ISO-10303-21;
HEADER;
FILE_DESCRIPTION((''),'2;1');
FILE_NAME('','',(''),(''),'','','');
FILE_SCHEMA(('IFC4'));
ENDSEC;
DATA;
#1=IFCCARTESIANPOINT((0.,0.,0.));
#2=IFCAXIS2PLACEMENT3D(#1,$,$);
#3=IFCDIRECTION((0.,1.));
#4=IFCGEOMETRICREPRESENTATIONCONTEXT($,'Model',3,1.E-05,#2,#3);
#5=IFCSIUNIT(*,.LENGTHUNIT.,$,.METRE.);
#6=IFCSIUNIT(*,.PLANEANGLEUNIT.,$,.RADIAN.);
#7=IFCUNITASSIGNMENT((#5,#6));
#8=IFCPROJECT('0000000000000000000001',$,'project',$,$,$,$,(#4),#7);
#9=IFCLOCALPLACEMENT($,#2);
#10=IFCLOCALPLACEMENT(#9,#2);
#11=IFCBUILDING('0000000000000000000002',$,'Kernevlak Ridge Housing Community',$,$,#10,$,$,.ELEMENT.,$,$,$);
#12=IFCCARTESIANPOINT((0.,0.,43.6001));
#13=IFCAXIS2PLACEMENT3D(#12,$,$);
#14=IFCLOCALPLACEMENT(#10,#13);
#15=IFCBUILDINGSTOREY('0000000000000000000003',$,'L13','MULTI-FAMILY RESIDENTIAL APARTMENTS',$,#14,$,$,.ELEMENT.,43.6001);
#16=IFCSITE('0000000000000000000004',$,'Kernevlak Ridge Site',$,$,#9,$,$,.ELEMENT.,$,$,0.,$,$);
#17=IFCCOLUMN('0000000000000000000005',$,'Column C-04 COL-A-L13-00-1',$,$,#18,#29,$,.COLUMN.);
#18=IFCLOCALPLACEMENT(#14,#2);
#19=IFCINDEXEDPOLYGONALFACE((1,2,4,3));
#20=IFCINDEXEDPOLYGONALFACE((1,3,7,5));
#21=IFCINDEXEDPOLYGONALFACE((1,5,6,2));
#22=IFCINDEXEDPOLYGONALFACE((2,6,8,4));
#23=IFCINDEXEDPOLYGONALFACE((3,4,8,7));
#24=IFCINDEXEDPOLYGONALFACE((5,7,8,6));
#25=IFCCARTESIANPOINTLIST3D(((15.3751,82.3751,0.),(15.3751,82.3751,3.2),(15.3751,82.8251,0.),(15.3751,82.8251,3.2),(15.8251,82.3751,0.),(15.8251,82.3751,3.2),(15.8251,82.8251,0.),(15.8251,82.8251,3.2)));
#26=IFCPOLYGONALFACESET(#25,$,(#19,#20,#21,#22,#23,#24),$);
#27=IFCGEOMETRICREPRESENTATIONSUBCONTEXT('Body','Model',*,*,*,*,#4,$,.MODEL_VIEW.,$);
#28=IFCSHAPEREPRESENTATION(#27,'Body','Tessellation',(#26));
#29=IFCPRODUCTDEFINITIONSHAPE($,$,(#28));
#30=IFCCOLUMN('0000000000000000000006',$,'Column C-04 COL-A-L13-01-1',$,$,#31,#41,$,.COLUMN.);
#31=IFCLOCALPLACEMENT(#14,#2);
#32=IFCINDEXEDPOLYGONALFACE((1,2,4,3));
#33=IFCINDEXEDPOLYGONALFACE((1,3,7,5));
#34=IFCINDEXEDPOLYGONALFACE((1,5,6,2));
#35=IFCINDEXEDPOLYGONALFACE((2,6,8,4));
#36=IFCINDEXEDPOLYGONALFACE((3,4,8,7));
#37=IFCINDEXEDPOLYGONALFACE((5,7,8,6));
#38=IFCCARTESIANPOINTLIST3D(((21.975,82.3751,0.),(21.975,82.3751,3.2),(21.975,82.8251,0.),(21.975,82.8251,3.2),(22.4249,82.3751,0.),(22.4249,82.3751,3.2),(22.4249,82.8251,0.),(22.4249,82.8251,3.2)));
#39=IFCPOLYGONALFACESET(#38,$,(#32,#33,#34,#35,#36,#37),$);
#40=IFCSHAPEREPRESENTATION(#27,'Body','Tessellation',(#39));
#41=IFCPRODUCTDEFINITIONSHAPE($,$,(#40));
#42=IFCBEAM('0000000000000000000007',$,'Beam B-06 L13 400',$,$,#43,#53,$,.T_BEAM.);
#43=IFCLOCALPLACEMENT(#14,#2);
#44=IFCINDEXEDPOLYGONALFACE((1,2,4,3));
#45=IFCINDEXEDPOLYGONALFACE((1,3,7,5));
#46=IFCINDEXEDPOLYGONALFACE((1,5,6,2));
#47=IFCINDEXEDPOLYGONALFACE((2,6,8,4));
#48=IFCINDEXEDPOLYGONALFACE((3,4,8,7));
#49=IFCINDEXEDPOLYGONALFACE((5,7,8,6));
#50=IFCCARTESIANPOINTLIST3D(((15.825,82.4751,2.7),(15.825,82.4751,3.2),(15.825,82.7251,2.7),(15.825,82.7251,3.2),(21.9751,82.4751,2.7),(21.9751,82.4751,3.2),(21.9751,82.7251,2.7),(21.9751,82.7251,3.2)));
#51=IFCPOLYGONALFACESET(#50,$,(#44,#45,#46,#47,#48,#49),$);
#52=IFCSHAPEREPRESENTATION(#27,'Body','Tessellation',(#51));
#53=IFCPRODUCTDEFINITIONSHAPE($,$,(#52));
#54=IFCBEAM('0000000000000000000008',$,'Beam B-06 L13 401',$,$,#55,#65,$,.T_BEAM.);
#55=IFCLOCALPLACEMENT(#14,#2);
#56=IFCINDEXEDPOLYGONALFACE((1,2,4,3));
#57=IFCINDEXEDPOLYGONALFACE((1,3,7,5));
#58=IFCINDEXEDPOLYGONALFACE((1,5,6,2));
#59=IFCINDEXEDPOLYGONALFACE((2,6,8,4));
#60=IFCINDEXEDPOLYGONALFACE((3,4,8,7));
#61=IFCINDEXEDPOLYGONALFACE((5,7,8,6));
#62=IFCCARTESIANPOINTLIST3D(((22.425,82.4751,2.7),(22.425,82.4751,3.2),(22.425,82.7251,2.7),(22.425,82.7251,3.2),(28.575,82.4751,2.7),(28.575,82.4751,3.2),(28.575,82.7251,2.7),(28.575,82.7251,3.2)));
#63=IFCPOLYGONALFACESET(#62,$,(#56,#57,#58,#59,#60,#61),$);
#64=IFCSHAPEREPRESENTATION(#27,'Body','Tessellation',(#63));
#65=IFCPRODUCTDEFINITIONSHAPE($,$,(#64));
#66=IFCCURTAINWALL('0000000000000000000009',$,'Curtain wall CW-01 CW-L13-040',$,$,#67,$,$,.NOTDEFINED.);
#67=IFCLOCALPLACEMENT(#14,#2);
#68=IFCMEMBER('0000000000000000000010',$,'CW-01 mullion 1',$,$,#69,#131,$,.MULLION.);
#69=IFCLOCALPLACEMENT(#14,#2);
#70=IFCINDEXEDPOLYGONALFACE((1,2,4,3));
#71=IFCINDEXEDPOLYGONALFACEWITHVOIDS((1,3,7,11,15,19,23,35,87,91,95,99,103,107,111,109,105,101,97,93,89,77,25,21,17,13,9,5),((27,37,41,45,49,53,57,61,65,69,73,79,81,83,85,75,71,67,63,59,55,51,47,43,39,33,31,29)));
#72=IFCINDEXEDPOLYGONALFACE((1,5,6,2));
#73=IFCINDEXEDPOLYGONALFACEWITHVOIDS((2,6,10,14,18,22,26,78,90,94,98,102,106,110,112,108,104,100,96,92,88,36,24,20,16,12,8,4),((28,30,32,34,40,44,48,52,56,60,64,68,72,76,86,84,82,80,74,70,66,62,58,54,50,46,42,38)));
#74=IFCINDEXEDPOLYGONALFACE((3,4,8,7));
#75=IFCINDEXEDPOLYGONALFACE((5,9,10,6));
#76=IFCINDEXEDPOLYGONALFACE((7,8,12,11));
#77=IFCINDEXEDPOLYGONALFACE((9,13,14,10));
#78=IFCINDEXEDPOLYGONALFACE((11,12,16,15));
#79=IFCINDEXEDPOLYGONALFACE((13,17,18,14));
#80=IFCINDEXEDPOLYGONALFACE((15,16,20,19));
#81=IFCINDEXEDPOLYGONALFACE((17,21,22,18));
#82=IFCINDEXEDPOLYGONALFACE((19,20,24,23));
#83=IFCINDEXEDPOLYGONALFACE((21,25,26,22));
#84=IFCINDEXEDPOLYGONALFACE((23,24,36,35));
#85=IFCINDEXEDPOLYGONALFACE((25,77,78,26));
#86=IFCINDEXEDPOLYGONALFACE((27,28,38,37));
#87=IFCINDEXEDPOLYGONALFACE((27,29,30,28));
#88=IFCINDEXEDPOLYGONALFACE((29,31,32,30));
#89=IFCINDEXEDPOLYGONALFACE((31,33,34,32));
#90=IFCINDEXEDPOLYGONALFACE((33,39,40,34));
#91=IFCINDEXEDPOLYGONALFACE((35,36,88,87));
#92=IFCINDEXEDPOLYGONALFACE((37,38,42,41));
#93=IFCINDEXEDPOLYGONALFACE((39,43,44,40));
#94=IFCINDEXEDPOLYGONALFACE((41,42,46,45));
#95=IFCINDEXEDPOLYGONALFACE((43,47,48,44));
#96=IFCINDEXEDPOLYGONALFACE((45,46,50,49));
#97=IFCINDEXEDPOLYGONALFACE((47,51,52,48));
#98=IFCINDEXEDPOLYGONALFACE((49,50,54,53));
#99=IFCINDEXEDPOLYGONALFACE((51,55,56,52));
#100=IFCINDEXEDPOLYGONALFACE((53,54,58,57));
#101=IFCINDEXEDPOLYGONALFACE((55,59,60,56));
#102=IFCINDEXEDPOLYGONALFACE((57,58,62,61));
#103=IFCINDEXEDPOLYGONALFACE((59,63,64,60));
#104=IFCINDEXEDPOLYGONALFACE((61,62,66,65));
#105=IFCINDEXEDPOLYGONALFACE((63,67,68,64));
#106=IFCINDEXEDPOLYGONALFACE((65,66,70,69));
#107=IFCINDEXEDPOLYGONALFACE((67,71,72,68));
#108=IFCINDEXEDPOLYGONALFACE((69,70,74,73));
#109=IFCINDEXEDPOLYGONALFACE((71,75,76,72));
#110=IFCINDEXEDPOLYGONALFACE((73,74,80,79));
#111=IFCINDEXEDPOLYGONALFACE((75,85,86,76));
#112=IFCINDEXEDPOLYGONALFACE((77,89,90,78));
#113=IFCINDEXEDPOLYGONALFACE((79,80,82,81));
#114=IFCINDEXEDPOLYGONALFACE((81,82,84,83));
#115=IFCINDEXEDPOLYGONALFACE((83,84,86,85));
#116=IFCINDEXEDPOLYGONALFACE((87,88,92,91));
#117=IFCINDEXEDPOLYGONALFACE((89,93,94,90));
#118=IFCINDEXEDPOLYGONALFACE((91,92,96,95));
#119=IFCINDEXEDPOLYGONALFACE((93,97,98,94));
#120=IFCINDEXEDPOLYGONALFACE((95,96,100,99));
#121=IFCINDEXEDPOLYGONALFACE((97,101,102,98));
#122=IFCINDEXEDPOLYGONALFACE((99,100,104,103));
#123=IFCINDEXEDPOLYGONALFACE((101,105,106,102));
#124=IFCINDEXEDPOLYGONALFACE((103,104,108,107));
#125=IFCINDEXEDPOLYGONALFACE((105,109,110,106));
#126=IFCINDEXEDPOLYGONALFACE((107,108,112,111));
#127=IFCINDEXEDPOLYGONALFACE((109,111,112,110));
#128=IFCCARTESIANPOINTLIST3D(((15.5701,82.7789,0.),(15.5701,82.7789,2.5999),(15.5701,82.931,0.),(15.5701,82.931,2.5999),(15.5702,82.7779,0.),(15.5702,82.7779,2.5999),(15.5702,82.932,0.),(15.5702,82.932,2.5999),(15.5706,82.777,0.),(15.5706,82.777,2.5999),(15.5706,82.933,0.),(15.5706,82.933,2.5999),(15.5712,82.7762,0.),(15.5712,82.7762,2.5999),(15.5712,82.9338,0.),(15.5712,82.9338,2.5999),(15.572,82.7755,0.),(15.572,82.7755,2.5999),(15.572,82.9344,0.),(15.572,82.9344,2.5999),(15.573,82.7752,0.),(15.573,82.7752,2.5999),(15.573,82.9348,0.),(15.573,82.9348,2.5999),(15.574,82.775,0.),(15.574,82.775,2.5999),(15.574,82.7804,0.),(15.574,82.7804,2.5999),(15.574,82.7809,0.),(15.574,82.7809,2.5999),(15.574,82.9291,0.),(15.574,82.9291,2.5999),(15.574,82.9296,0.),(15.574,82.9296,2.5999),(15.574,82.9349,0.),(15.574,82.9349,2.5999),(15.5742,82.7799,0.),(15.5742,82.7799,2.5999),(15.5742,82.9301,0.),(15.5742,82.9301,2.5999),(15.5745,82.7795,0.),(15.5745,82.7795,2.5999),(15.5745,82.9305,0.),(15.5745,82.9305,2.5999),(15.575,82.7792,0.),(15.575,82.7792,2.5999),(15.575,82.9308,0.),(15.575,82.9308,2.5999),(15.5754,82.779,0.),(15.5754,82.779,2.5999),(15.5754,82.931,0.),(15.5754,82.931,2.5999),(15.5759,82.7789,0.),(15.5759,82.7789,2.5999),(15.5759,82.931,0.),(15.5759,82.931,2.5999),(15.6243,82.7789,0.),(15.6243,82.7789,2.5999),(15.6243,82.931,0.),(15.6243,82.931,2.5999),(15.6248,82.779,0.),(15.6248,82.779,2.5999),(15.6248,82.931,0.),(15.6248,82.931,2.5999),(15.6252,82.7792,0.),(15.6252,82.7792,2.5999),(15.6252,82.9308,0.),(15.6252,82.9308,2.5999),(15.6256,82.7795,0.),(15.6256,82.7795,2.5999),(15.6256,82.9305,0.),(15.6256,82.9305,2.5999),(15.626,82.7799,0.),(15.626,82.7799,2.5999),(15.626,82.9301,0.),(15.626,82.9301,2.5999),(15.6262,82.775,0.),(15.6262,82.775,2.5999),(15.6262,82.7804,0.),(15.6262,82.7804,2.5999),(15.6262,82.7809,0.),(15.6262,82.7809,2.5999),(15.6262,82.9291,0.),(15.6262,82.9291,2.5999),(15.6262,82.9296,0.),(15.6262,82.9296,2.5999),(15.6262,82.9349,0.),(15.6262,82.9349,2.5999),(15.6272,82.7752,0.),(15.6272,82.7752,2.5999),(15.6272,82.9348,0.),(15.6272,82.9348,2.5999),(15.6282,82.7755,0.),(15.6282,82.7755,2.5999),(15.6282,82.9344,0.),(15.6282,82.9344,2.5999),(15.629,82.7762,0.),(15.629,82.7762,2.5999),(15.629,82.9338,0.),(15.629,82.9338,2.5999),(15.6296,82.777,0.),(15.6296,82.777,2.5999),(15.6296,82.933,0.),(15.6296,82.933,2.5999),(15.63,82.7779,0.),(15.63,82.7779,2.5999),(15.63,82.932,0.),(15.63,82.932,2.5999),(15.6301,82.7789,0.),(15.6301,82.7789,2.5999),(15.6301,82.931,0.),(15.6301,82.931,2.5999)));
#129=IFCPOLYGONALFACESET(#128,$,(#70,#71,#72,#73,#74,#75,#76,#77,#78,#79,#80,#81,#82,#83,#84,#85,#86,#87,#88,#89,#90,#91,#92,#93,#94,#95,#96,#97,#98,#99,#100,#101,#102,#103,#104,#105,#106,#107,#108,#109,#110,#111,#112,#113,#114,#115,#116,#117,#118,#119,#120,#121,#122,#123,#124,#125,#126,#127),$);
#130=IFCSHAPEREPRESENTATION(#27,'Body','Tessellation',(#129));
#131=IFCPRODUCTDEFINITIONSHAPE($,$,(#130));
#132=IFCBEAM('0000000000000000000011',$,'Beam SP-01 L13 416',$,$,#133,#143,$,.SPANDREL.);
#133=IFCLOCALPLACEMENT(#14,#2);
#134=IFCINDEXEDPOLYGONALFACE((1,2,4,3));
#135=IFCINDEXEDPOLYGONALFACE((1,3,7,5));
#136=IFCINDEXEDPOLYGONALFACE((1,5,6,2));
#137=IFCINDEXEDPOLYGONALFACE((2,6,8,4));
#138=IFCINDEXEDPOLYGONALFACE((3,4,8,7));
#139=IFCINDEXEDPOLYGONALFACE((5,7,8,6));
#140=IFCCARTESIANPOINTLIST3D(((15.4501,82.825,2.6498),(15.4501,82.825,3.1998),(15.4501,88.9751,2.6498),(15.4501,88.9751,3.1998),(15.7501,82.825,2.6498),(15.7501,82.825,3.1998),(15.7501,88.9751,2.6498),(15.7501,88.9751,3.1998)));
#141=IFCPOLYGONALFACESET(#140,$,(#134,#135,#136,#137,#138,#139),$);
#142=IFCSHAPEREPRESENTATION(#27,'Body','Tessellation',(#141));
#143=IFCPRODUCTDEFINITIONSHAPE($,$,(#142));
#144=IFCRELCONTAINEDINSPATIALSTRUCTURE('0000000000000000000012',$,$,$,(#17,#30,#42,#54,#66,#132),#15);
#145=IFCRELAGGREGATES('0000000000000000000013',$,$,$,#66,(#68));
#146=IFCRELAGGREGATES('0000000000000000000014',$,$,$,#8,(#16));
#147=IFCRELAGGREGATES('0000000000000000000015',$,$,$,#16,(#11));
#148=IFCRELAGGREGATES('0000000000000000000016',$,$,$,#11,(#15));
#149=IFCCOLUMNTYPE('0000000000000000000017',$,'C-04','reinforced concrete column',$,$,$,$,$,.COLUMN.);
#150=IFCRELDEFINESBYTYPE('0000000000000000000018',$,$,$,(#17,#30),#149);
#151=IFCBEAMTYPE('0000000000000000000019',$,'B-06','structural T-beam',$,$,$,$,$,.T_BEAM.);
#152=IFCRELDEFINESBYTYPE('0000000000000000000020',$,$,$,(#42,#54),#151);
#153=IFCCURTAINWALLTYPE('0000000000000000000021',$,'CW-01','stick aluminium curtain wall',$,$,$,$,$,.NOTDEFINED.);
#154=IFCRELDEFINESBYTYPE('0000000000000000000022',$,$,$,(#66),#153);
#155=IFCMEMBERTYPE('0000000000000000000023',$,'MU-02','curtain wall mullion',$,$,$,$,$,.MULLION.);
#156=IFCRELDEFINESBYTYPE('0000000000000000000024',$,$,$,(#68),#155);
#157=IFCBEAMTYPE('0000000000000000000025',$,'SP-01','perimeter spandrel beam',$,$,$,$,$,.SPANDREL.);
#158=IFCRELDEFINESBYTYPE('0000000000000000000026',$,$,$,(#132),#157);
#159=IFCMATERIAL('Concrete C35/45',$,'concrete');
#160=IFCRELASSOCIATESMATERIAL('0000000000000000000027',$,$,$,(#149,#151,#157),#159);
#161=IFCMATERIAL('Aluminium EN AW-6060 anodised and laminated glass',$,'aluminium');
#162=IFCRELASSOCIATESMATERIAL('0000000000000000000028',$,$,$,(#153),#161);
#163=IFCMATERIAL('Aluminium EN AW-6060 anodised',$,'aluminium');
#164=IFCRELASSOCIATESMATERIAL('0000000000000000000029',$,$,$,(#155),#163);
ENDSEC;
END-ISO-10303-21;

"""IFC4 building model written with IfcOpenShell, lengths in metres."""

from ifc_helpers import new_model, si_unit, direction, frame, origin, origin_2d, place, context, subcontext, project, spatial, rectangle, hollow_rectangle, extrude, material, material_profile, profile_set, type_object, element, aggregate, save


model = new_model("IFC4")

# Units and contexts
model_context = context("Model", 3, precision=1e-05, world=origin(), true_north=direction((0.0, 1.0)))
body_context = subcontext(model_context, "Body", "Model", "MODEL_VIEW")
ifc_project = project(units=[si_unit("LENGTHUNIT", "METRE"), si_unit("PLANEANGLEUNIT", "RADIAN")], contexts=[model_context])

# Site, building, storey
site_placement = place(None, origin())
site = spatial("IfcSite", under=ifc_project, at=site_placement, Name="Kernevlak Ridge Site", CompositionType="ELEMENT", RefElevation=0.0)
building_placement = place(site_placement, origin())
building = spatial("IfcBuilding", under=site, at=building_placement, Name="Kernevlak Ridge Housing Community", CompositionType="ELEMENT")
storey_placement = place(building_placement, frame((0.0, 0.0, 43.6001)))
storey = spatial("IfcBuildingStorey", under=building, at=storey_placement, Name="L13", Description="MULTI-FAMILY RESIDENTIAL APARTMENTS", CompositionType="ELEMENT", Elevation=43.6001)

# Columns
ifc_material_1 = material(Name="Concrete C35/45", Category="concrete")
ifc_material_profile_1 = material_profile(ifc_material_1, rectangle(XDim=0.45, YDim=0.45, at=origin_2d()), Name="RC 450x450")
ifc_profile_set_1 = profile_set([ifc_material_profile_1], Name="Concrete C35/45")
column_type = type_object("IfcColumnType", Name="C-04", Description="reinforced concrete column", PredefinedType="COLUMN", material=ifc_profile_set_1)
for number, where, z_axis, x_axis, name in (
    (1, (15.6001, 82.6001, 0.0), (0.0, 0.0, 1.0), (1.0, 0.0, 0.0), "Column C-04 COL-A-L13-00-1"),
    (2, (22.2, 82.6001, 0.0), (0.0, 0.0, 1.0), (1.0, 0.0, 0.0), "Column C-04 COL-A-L13-01-1"),
):
    element("IfcColumn", number, at=place(storey_placement, frame(where, z_axis=z_axis, x_axis=x_axis)), inside=storey, type_object=column_type, Name=name, PredefinedType="COLUMN", context=body_context, shape_type="SweptSolid", body=[
        extrude(rectangle(XDim=0.45, YDim=0.45, at=origin_2d()), origin(), (0.0, 0.0, 1.0), 3.2),
    ])

# Beams
ifc_material_profile_2 = material_profile(ifc_material_1, rectangle(XDim=0.25, YDim=0.5, at=origin_2d()), Name="RC 250x500")
ifc_profile_set_2 = profile_set([ifc_material_profile_2], Name="Concrete C35/45")
beam_type_1 = type_object("IfcBeamType", Name="B-06", Description="structural T-beam", PredefinedType="T_BEAM", material=ifc_profile_set_2)
beam_1_placement = place(storey_placement, frame((15.825, 82.6001, 2.95), z_axis=(1.0, 0.0, 0.0), x_axis=(0.0, 1.0, 0.0)))
element("IfcBeam", 3, at=beam_1_placement, inside=storey, type_object=beam_type_1, Name="Beam B-06 L13 400", PredefinedType="T_BEAM", context=body_context, shape_type="SweptSolid", body=[
    extrude(rectangle(XDim=0.25, YDim=0.5, at=origin_2d()), origin(), (0.0, 0.0, 1.0), 6.1501),
])
beam_2_placement = place(storey_placement, frame((22.425, 82.6001, 2.95), z_axis=(1.0, 0.0, 0.0), x_axis=(0.0, 1.0, 0.0)))
element("IfcBeam", 4, at=beam_2_placement, inside=storey, type_object=beam_type_1, Name="Beam B-06 L13 401", PredefinedType="T_BEAM", context=body_context, shape_type="SweptSolid", body=[
    extrude(rectangle(XDim=0.25, YDim=0.5, at=origin_2d()), origin(), (0.0, 0.0, 1.0), 6.1499),
])

# Curtain wall, member
ifc_material_2 = material(Name="Aluminium EN AW-6060 anodised and laminated glass", Category="aluminium")
curtain_wall_type = type_object("IfcCurtainWallType", Name="CW-01", Description="stick aluminium curtain wall", PredefinedType="NOTDEFINED", material=ifc_material_2)
curtain_wall_placement = place(storey_placement, origin())
curtain_wall = element("IfcCurtainWall", 5, at=curtain_wall_placement, inside=storey, type_object=curtain_wall_type, Name="Curtain wall CW-01 CW-L13-040", PredefinedType="NOTDEFINED")
ifc_material_3 = material(Name="Aluminium EN AW-6060 anodised", Category="aluminium")
ifc_material_profile_3 = material_profile(ifc_material_3, hollow_rectangle(XDim=0.0601, YDim=0.1599, WallThickness=0.0039, InnerFilletRadius=0.002, OuterFilletRadius=0.0039, at=origin_2d()), Name="ALU 60x160x4")
ifc_profile_set_3 = profile_set([ifc_material_profile_3], Name="Aluminium EN AW-6060 anodised")
member_type_1 = type_object("IfcMemberType", Name="MU-02", Description="curtain wall mullion", PredefinedType="MULLION", material=ifc_profile_set_3)
member_1_placement = place(storey_placement, frame((15.6001, 82.855, 0.0), z_axis=(0.0, 0.0, 1.0), x_axis=(-1.0, 0.0, 0.0)))
member_1 = element("IfcMember", 6, at=member_1_placement, type_object=member_type_1, Name="CW-01 mullion 1", PredefinedType="MULLION", context=body_context, shape_type="SweptSolid", body=[
    extrude(hollow_rectangle(XDim=0.0601, YDim=0.1599, WallThickness=0.0039, InnerFilletRadius=0.002, OuterFilletRadius=0.0039, at=origin_2d()), origin(), (0.0, 0.0, 1.0), 2.5999),
])

# Beam
ifc_material_profile_4 = material_profile(ifc_material_1, rectangle(XDim=0.3, YDim=0.55, at=origin_2d()), Name="RC 300x550")
ifc_profile_set_4 = profile_set([ifc_material_profile_4], Name="Concrete C35/45")
beam_type_2 = type_object("IfcBeamType", Name="SP-01", Description="perimeter spandrel beam", PredefinedType="SPANDREL", material=ifc_profile_set_4)
beam_3_placement = place(storey_placement, frame((15.6001, 82.825, 2.9248), z_axis=(0.0, 1.0, 0.0), x_axis=(-1.0, 0.0, 0.0)))
element("IfcBeam", 7, at=beam_3_placement, inside=storey, type_object=beam_type_2, Name="Beam SP-01 L13 416", PredefinedType="SPANDREL", context=body_context, shape_type="SweptSolid", body=[
    extrude(rectangle(XDim=0.3, YDim=0.55, at=origin_2d()), origin(), (0.0, 0.0, 1.0), 6.1501),
])

aggregate(curtain_wall, [member_1])

save(model, "model.ifc")
